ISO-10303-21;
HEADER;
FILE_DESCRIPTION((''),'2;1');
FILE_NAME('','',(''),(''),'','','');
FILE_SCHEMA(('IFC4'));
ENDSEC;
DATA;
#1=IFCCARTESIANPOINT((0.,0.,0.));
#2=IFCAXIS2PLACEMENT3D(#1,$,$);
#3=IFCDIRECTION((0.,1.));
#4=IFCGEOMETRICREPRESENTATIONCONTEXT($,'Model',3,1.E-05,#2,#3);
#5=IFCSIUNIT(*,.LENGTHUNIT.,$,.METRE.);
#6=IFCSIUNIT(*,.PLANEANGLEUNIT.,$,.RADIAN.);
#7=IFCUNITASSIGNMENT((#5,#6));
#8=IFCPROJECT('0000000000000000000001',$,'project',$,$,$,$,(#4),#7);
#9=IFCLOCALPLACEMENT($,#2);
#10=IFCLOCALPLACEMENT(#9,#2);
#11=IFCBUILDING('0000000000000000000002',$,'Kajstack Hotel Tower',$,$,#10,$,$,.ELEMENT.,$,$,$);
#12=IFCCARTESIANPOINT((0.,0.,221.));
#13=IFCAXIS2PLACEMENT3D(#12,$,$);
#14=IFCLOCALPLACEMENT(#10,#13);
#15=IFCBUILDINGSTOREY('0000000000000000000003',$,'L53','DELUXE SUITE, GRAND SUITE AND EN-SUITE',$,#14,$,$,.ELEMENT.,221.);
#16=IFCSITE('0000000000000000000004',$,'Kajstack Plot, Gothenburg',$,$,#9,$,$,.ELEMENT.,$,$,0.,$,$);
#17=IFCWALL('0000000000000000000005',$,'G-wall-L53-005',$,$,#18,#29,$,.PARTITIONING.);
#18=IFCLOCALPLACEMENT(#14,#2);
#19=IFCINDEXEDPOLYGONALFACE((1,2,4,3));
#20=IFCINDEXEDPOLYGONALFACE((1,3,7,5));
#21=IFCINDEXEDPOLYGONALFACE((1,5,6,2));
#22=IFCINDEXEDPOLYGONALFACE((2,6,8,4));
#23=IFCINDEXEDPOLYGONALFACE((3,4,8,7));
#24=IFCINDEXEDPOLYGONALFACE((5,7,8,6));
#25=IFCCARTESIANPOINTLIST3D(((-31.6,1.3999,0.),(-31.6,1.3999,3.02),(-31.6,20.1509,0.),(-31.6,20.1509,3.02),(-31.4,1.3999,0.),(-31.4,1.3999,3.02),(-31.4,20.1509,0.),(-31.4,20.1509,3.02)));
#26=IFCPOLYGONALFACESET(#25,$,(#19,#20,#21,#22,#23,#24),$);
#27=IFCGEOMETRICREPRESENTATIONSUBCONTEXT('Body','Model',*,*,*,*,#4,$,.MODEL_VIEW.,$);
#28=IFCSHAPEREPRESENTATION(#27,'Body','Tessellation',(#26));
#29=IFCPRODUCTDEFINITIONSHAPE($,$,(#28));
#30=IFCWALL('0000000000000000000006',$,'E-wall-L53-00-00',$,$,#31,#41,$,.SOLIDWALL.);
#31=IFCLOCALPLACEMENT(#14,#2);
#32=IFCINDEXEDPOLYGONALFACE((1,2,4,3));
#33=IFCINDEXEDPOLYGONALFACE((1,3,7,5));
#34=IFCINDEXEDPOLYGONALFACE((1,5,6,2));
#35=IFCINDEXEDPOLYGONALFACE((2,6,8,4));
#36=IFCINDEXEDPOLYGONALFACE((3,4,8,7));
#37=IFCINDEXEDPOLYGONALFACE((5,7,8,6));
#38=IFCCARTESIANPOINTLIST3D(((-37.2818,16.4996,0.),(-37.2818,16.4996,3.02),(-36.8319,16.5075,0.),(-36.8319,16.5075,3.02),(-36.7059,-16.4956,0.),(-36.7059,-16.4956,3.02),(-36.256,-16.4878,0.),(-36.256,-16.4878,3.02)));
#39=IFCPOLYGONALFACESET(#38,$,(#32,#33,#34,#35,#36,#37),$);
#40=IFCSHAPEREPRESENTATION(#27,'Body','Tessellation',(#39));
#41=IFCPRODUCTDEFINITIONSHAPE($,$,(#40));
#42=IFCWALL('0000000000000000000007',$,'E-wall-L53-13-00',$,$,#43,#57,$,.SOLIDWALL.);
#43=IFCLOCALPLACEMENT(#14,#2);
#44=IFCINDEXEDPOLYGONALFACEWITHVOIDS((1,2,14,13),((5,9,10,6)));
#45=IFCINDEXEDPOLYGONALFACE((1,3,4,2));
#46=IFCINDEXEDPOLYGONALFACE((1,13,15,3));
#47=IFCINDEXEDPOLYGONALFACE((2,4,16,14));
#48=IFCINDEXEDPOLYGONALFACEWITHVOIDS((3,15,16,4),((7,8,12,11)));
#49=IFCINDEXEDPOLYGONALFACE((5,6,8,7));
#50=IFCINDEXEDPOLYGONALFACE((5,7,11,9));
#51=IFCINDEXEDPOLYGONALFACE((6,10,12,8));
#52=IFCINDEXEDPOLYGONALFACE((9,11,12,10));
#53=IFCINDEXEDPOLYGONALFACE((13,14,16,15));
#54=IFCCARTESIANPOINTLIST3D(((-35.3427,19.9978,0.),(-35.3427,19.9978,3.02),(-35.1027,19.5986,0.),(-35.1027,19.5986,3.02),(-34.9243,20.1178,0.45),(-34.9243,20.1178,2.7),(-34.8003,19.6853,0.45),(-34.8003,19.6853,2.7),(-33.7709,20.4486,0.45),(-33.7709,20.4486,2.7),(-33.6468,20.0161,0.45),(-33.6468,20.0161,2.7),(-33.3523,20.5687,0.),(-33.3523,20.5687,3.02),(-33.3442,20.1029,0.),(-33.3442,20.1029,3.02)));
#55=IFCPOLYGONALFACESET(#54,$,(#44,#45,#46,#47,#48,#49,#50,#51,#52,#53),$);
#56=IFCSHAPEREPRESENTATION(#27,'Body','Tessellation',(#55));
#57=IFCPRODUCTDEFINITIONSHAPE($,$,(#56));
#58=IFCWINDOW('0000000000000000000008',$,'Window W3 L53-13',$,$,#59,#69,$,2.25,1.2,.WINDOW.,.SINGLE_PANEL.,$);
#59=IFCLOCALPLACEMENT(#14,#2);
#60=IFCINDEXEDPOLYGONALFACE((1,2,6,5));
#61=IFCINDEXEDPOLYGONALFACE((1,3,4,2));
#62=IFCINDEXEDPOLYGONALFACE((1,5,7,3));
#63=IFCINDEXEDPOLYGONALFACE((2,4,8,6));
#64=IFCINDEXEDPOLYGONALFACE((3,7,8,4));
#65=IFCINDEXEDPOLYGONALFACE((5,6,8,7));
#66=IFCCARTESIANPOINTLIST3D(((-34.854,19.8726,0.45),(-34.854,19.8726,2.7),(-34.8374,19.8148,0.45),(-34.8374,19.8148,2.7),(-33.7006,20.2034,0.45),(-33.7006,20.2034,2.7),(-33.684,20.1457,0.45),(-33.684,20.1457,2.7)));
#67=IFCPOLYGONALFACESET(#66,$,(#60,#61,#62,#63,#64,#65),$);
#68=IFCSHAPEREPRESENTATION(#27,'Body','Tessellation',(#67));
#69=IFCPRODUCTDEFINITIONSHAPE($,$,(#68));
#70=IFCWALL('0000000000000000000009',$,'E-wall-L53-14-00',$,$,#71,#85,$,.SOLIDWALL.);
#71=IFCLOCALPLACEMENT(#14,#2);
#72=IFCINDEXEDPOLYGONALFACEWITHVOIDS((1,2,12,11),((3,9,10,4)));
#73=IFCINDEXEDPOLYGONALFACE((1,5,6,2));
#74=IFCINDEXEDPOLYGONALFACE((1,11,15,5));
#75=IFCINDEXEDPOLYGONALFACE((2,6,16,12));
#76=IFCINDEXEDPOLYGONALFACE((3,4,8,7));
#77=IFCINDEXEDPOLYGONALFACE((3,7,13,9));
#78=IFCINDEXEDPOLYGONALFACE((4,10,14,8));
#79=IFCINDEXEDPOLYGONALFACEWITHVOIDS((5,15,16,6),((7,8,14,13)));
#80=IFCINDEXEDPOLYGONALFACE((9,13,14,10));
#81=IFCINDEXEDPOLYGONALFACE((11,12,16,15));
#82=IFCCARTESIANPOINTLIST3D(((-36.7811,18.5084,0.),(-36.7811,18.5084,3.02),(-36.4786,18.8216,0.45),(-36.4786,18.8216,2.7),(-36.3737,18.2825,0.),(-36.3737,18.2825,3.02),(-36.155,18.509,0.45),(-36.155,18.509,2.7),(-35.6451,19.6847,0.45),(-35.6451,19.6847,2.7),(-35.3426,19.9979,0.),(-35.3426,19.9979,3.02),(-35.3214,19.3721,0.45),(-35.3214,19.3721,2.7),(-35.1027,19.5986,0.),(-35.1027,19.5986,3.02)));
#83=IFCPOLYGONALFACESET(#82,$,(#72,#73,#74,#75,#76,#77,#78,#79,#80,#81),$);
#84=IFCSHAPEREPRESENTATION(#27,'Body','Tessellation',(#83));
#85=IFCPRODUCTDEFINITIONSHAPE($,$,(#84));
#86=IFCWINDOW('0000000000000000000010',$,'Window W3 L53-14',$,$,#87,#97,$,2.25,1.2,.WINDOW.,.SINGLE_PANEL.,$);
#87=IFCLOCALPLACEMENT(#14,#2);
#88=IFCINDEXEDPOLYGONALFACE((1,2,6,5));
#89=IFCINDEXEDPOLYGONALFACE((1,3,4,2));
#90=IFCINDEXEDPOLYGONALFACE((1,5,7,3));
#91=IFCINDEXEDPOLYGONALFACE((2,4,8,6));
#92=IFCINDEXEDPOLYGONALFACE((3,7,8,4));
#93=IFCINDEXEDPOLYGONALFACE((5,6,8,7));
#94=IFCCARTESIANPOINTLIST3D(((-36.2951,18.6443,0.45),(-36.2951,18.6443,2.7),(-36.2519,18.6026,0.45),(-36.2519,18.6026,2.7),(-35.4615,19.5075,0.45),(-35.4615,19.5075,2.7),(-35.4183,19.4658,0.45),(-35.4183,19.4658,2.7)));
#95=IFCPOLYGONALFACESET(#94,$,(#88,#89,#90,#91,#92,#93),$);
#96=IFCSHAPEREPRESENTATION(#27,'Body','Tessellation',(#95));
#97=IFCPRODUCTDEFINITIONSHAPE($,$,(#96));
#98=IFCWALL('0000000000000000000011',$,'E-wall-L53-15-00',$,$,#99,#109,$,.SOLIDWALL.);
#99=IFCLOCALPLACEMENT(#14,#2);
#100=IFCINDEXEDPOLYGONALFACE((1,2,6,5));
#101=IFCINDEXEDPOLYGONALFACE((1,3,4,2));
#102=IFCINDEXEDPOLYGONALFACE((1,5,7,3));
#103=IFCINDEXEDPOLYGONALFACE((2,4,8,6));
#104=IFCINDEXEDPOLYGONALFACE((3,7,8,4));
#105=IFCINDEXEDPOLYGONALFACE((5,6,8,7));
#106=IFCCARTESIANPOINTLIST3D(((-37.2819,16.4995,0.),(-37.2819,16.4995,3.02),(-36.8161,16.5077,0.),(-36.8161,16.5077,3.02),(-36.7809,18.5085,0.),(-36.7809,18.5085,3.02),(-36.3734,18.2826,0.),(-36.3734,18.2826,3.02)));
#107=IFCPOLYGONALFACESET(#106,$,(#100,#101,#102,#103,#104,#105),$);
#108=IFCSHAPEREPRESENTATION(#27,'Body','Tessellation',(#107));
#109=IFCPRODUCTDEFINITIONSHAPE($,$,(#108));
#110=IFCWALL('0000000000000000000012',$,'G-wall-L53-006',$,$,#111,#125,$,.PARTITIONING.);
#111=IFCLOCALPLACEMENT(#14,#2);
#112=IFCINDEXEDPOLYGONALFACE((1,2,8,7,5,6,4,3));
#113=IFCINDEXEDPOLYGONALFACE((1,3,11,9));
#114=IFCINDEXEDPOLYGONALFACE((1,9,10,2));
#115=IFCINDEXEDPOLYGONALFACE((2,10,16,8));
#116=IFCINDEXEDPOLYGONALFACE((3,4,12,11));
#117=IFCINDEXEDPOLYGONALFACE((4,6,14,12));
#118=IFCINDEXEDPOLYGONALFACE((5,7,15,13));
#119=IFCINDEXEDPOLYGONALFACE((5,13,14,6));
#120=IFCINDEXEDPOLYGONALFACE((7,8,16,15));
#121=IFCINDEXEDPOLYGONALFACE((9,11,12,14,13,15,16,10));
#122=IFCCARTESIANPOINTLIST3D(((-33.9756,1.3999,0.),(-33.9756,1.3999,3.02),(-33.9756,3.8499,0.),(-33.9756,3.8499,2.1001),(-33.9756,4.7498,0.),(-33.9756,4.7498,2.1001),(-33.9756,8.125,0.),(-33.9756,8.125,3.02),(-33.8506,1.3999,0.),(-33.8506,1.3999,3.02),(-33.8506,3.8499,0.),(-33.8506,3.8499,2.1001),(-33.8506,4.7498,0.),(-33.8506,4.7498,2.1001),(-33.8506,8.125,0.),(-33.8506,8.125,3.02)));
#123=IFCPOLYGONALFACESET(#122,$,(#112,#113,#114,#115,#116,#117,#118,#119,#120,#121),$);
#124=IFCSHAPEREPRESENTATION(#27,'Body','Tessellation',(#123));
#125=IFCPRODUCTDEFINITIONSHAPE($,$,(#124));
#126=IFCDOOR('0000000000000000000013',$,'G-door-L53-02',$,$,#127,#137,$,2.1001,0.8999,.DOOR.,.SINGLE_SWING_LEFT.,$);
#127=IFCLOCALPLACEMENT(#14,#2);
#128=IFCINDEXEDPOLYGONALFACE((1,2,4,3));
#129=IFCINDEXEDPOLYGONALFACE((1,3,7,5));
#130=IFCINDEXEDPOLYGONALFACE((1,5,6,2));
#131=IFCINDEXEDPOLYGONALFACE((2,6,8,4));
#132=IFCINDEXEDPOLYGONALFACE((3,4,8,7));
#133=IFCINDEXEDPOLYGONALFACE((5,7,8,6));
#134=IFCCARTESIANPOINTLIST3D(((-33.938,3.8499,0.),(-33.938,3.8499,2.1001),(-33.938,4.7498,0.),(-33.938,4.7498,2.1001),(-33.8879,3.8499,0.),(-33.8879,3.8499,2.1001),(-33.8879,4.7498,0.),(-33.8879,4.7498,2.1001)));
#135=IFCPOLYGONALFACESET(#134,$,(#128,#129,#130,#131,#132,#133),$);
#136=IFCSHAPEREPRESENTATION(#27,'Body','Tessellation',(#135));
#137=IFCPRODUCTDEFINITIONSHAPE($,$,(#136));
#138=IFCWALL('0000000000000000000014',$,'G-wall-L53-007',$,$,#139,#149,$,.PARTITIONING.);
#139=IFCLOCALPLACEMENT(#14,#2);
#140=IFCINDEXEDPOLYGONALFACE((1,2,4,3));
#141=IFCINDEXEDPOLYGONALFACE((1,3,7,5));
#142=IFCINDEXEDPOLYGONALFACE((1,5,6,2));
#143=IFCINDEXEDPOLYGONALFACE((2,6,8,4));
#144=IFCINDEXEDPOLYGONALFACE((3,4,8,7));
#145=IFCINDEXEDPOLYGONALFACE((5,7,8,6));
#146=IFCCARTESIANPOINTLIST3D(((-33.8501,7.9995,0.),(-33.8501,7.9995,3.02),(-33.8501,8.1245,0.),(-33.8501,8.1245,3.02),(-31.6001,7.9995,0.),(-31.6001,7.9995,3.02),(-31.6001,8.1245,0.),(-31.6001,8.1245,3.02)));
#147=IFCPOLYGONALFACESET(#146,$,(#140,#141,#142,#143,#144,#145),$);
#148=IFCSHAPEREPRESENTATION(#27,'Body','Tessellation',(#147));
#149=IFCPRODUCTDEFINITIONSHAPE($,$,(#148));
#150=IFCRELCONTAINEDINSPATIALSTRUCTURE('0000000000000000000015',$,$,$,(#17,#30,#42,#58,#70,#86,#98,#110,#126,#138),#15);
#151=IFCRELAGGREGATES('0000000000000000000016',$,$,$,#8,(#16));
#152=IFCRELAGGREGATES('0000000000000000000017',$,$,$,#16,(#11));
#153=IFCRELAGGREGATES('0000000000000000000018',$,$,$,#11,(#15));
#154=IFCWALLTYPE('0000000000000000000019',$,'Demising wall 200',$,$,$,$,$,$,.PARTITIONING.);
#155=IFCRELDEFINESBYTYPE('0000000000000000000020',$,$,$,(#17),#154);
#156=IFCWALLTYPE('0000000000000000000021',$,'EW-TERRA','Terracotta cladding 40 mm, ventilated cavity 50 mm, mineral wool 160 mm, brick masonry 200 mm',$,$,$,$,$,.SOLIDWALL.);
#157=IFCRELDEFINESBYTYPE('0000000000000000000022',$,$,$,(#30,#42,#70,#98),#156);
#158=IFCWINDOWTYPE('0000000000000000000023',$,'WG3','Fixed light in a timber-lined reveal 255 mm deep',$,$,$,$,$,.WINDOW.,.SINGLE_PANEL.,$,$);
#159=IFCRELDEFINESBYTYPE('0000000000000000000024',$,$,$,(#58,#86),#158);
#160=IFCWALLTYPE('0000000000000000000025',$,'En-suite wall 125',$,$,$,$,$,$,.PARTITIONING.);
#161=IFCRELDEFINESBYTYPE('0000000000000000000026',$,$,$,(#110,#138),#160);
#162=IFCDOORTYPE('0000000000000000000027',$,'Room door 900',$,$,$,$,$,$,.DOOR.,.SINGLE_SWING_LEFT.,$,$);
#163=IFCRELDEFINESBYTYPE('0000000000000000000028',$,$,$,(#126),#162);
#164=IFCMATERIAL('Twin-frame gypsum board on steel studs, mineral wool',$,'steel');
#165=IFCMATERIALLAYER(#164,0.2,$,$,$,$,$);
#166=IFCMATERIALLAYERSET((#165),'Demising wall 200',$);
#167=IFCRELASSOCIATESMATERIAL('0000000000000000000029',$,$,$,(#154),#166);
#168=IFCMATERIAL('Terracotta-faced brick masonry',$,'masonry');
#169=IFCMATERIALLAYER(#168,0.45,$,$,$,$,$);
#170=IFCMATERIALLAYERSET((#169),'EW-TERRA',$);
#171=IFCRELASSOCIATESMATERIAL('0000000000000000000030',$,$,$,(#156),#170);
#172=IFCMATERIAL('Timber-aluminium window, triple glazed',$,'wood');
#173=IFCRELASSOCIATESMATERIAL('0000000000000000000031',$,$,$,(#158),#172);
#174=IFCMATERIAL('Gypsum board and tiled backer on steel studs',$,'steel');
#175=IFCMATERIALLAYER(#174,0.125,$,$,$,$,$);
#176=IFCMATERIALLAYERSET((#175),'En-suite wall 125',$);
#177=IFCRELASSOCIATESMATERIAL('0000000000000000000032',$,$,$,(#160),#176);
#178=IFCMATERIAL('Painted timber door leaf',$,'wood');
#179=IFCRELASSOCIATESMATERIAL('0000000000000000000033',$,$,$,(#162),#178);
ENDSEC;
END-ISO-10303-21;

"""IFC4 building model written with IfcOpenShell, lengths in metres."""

from ifc_helpers import new_model, si_unit, direction, frame, frame_2d, origin, place, context, subcontext, project, spatial, polyline, rectangle, outline, extrude, material, layer, layer_set, type_object, element, fill, save


model = new_model("IFC4")

# Units and contexts
model_context = context("Model", 3, precision=1e-05, world=origin(), true_north=direction((0.0, 1.0)))
body_context = subcontext(model_context, "Body", "Model", "MODEL_VIEW")
ifc_project = project(units=[si_unit("LENGTHUNIT", "METRE"), si_unit("PLANEANGLEUNIT", "RADIAN")], contexts=[model_context])

# Site, building, storey
site_placement = place(None, origin())
site = spatial("IfcSite", under=ifc_project, at=site_placement, Name="Kajstack Plot, Gothenburg", CompositionType="ELEMENT", RefElevation=0.0)
building_placement = place(site_placement, origin())
building = spatial("IfcBuilding", under=site, at=building_placement, Name="Kajstack Hotel Tower", CompositionType="ELEMENT")
storey_placement = place(building_placement, frame((0.0, 0.0, 221.0)))
storey = spatial("IfcBuildingStorey", under=building, at=storey_placement, Name="L53", Description="DELUXE SUITE, GRAND SUITE AND EN-SUITE", CompositionType="ELEMENT", Elevation=221.0)

# Walls
ifc_material_1 = material(Name="Twin-frame gypsum board on steel studs, mineral wool", Category="steel")
ifc_layer_1 = layer(ifc_material_1, 0.2)
ifc_layer_set_1 = layer_set([ifc_layer_1], Name="Demising wall 200")
wall_type_1 = type_object("IfcWallType", Name="Demising wall 200", PredefinedType="PARTITIONING", material=ifc_layer_set_1)
wall_1_placement = place(storey_placement, frame((-31.5, 1.3999, 0.0), z_axis=(0.0, 0.0, 1.0), x_axis=(0.0, 1.0, 0.0)))
element("IfcWall", 1, at=wall_1_placement, inside=storey, type_object=wall_type_1, Name="G-wall-L53-005", PredefinedType="PARTITIONING", context=body_context, shape_type="SweptSolid", body=[
    extrude(rectangle(XDim=18.751, YDim=0.2, at=frame_2d((9.3755, 0.0))), origin(), (0.0, 0.0, 1.0), 3.02),
])
ifc_material_2 = material(Name="Terracotta-faced brick masonry", Category="masonry")
ifc_layer_2 = layer(ifc_material_2, 0.45)
ifc_layer_set_2 = layer_set([ifc_layer_2], Name="EW-TERRA")
wall_type_2 = type_object("IfcWallType", Name="EW-TERRA", Description="Terracotta cladding 40 mm, ventilated cavity 50 mm, mineral wool 160 mm, brick masonry 200 mm", PredefinedType="SOLIDWALL", material=ifc_layer_set_2)
wall_2_placement = place(storey_placement, frame((-37.0569, 16.5034, 0.0), z_axis=(0.0, 0.0, 1.0), x_axis=(0.017452, -0.999848, 0.0)))
element("IfcWall", 2, at=wall_2_placement, inside=storey, type_object=wall_type_2, Name="E-wall-L53-00-00", PredefinedType="SOLIDWALL", context=body_context, shape_type="SweptSolid", body=[
    extrude(rectangle(XDim=33.0002, YDim=0.45, at=frame_2d((16.5, 0.0))), origin(), (0.0, 0.0, 1.0), 3.02),
])

# Walls, openings, windows
wall_3_placement = place(storey_placement, frame((-33.2903, 20.3523, 0.0), z_axis=(0.0, 0.0, 1.0), x_axis=(-0.961248, -0.275687, 0.0)))
wall_3 = element("IfcWall", 3, at=wall_3_placement, inside=storey, type_object=wall_type_2, Name="E-wall-L53-13-00", PredefinedType="SOLIDWALL", context=body_context, shape_type="SweptSolid", body=[
    extrude(outline(polyline([(0.0, -0.2251), (2.0706, -0.2251), (1.95, 0.2249), (0.1206, 0.2249), (0.0, -0.2251)])), origin(), (0.0, 0.0, 1.0), 3.02),
])
opening_1_placement = place(wall_3_placement, frame((0.4353, 0.0, 0.45)))
opening_1 = element("IfcOpeningElement", 4, at=opening_1_placement, cuts=wall_3, PredefinedType="OPENING", context=body_context, shape_type="SweptSolid", body=[
    extrude(rectangle(XDim=1.2, YDim=2.25, at=frame_2d((0.6001, 1.125))), frame((0.0, 0.2349, 0.0), z_axis=(0.0, -1.0, 0.0), x_axis=(1.0, 0.0, 0.0)), (0.0, 0.0, 1.0), 0.47),
])
ifc_material_3 = material(Name="Timber-aluminium window, triple glazed", Category="wood")
window_type = type_object("IfcWindowType", Name="WG3", Description="Fixed light in a timber-lined reveal 255 mm deep", PartitioningType="SINGLE_PANEL", PredefinedType="WINDOW", material=ifc_material_3)
window_1_placement = place(opening_1_placement, origin())
window_1 = element("IfcWindow", 5, at=window_1_placement, inside=storey, type_object=window_type, Name="Window W3 L53-13", OverallHeight=2.25, OverallWidth=1.2, PartitioningType="SINGLE_PANEL", PredefinedType="WINDOW", context=body_context, shape_type="SweptSolid", body=[
    extrude(rectangle(XDim=1.2, YDim=2.25, at=frame_2d((0.6001, 1.125))), frame((0.0, 0.0901, 0.0), z_axis=(0.0, -1.0, 0.0), x_axis=(1.0, 0.0, 0.0)), (0.0, 0.0, 1.0), 0.0601),
])
fill(opening_1, window_1)
wall_4_placement = place(storey_placement, frame((-35.1807, 19.8416, 0.0), z_axis=(0.0, 0.0, 1.0), x_axis=(-0.694679, -0.71932, 0.0)))
wall_4 = element("IfcWall", 6, at=wall_4_placement, inside=storey, type_object=wall_type_2, Name="E-wall-L53-14-00", PredefinedType="SOLIDWALL", context=body_context, shape_type="SweptSolid", body=[
    extrude(outline(polyline([(0.0, -0.2251), (2.0708, -0.2251), (1.9502, 0.2249), (0.1206, 0.2249), (0.0, -0.2251)])), origin(), (0.0, 0.0, 1.0), 3.02),
])
opening_2_placement = place(wall_4_placement, frame((0.4353, 0.0, 0.45)))
opening_2 = element("IfcOpeningElement", 7, at=opening_2_placement, cuts=wall_4, PredefinedType="OPENING", context=body_context, shape_type="SweptSolid", body=[
    extrude(rectangle(XDim=1.2, YDim=2.25, at=frame_2d((0.6001, 1.125))), frame((0.0, 0.2349, 0.0), z_axis=(0.0, -1.0, 0.0), x_axis=(1.0, 0.0, 0.0)), (0.0, 0.0, 1.0), 0.47),
])
window_2_placement = place(opening_2_placement, origin())
window_2 = element("IfcWindow", 8, at=window_2_placement, inside=storey, type_object=window_type, Name="Window W3 L53-14", OverallHeight=2.25, OverallWidth=1.2, PartitioningType="SINGLE_PANEL", PredefinedType="WINDOW", context=body_context, shape_type="SweptSolid", body=[
    extrude(rectangle(XDim=1.2, YDim=2.25, at=frame_2d((0.6001, 1.125))), frame((0.0, 0.0901, 0.0), z_axis=(0.0, -1.0, 0.0), x_axis=(1.0, 0.0, 0.0)), (0.0, 0.0, 1.0), 0.0601),
])
fill(opening_2, window_2)

# Wall
wall_5_placement = place(storey_placement, frame((-36.5627, 18.4539, 0.0), z_axis=(0.0, 0.0, 1.0), x_axis=(-0.24187, -0.970309, 0.0)))
element("IfcWall", 9, at=wall_5_placement, inside=storey, type_object=wall_type_2, Name="E-wall-L53-15-00", PredefinedType="SOLIDWALL", context=body_context, shape_type="SweptSolid", body=[
    extrude(outline(polyline([(-0.0002, -0.2249), (2.0703, -0.2251), (1.9497, 0.2249), (0.1204, 0.2251), (-0.0002, -0.2249)])), origin(), (0.0, 0.0, 1.0), 3.02),
])

# Wall, opening, door
ifc_material_4 = material(Name="Gypsum board and tiled backer on steel studs", Category="steel")
ifc_layer_3 = layer(ifc_material_4, 0.125)
ifc_layer_set_3 = layer_set([ifc_layer_3], Name="En-suite wall 125")
wall_type_3 = type_object("IfcWallType", Name="En-suite wall 125", PredefinedType="PARTITIONING", material=ifc_layer_set_3)
wall_6_placement = place(storey_placement, frame((-33.9131, 1.3999, 0.0), z_axis=(0.0, 0.0, 1.0), x_axis=(0.0, 1.0, 0.0)))
wall_6 = element("IfcWall", 10, at=wall_6_placement, inside=storey, type_object=wall_type_3, Name="G-wall-L53-006", PredefinedType="PARTITIONING", context=body_context, shape_type="SweptSolid", body=[
    extrude(rectangle(XDim=6.7251, YDim=0.125, at=frame_2d((3.3625, 0.0))), origin(), (0.0, 0.0, 1.0), 3.02),
])
opening_3_placement = place(wall_6_placement, frame((2.45, 0.0, 0.0)))
opening_3 = element("IfcOpeningElement", 11, at=opening_3_placement, cuts=wall_6, PredefinedType="OPENING", context=body_context, shape_type="SweptSolid", body=[
    extrude(rectangle(XDim=0.8999, YDim=2.1001, at=frame_2d((0.45, 1.05))), frame((0.0, 0.0725, 0.0), z_axis=(0.0, -1.0, 0.0), x_axis=(1.0, 0.0, 0.0)), (0.0, 0.0, 1.0), 0.145),
])
ifc_material_5 = material(Name="Painted timber door leaf", Category="wood")
door_type = type_object("IfcDoorType", Name="Room door 900", OperationType="SINGLE_SWING_LEFT", PredefinedType="DOOR", material=ifc_material_5)
door_1_placement = place(opening_3_placement, origin())
door_1 = element("IfcDoor", 12, at=door_1_placement, inside=storey, type_object=door_type, Name="G-door-L53-02", OperationType="SINGLE_SWING_LEFT", OverallHeight=2.1001, OverallWidth=0.8999, PredefinedType="DOOR", context=body_context, shape_type="SweptSolid", body=[
    extrude(rectangle(XDim=0.8999, YDim=2.1001, at=frame_2d((0.45, 1.05))), frame((0.0, 0.0249, 0.0), z_axis=(0.0, -1.0, 0.0), x_axis=(1.0, 0.0, 0.0)), (0.0, 0.0, 1.0), 0.05),
])
fill(opening_3, door_1)

# Wall
wall_7_placement = place(storey_placement, frame((-33.8501, 8.062, 0.0), z_axis=(0.0, 0.0, 1.0), x_axis=(1.0, 0.0, 0.0)))
element("IfcWall", 13, at=wall_7_placement, inside=storey, type_object=wall_type_3, Name="G-wall-L53-007", PredefinedType="PARTITIONING", context=body_context, shape_type="SweptSolid", body=[
    extrude(rectangle(XDim=2.25, YDim=0.125, at=frame_2d((1.125, 0.0))), origin(), (0.0, 0.0, 1.0), 3.02),
])

save(model, "model.ifc")
